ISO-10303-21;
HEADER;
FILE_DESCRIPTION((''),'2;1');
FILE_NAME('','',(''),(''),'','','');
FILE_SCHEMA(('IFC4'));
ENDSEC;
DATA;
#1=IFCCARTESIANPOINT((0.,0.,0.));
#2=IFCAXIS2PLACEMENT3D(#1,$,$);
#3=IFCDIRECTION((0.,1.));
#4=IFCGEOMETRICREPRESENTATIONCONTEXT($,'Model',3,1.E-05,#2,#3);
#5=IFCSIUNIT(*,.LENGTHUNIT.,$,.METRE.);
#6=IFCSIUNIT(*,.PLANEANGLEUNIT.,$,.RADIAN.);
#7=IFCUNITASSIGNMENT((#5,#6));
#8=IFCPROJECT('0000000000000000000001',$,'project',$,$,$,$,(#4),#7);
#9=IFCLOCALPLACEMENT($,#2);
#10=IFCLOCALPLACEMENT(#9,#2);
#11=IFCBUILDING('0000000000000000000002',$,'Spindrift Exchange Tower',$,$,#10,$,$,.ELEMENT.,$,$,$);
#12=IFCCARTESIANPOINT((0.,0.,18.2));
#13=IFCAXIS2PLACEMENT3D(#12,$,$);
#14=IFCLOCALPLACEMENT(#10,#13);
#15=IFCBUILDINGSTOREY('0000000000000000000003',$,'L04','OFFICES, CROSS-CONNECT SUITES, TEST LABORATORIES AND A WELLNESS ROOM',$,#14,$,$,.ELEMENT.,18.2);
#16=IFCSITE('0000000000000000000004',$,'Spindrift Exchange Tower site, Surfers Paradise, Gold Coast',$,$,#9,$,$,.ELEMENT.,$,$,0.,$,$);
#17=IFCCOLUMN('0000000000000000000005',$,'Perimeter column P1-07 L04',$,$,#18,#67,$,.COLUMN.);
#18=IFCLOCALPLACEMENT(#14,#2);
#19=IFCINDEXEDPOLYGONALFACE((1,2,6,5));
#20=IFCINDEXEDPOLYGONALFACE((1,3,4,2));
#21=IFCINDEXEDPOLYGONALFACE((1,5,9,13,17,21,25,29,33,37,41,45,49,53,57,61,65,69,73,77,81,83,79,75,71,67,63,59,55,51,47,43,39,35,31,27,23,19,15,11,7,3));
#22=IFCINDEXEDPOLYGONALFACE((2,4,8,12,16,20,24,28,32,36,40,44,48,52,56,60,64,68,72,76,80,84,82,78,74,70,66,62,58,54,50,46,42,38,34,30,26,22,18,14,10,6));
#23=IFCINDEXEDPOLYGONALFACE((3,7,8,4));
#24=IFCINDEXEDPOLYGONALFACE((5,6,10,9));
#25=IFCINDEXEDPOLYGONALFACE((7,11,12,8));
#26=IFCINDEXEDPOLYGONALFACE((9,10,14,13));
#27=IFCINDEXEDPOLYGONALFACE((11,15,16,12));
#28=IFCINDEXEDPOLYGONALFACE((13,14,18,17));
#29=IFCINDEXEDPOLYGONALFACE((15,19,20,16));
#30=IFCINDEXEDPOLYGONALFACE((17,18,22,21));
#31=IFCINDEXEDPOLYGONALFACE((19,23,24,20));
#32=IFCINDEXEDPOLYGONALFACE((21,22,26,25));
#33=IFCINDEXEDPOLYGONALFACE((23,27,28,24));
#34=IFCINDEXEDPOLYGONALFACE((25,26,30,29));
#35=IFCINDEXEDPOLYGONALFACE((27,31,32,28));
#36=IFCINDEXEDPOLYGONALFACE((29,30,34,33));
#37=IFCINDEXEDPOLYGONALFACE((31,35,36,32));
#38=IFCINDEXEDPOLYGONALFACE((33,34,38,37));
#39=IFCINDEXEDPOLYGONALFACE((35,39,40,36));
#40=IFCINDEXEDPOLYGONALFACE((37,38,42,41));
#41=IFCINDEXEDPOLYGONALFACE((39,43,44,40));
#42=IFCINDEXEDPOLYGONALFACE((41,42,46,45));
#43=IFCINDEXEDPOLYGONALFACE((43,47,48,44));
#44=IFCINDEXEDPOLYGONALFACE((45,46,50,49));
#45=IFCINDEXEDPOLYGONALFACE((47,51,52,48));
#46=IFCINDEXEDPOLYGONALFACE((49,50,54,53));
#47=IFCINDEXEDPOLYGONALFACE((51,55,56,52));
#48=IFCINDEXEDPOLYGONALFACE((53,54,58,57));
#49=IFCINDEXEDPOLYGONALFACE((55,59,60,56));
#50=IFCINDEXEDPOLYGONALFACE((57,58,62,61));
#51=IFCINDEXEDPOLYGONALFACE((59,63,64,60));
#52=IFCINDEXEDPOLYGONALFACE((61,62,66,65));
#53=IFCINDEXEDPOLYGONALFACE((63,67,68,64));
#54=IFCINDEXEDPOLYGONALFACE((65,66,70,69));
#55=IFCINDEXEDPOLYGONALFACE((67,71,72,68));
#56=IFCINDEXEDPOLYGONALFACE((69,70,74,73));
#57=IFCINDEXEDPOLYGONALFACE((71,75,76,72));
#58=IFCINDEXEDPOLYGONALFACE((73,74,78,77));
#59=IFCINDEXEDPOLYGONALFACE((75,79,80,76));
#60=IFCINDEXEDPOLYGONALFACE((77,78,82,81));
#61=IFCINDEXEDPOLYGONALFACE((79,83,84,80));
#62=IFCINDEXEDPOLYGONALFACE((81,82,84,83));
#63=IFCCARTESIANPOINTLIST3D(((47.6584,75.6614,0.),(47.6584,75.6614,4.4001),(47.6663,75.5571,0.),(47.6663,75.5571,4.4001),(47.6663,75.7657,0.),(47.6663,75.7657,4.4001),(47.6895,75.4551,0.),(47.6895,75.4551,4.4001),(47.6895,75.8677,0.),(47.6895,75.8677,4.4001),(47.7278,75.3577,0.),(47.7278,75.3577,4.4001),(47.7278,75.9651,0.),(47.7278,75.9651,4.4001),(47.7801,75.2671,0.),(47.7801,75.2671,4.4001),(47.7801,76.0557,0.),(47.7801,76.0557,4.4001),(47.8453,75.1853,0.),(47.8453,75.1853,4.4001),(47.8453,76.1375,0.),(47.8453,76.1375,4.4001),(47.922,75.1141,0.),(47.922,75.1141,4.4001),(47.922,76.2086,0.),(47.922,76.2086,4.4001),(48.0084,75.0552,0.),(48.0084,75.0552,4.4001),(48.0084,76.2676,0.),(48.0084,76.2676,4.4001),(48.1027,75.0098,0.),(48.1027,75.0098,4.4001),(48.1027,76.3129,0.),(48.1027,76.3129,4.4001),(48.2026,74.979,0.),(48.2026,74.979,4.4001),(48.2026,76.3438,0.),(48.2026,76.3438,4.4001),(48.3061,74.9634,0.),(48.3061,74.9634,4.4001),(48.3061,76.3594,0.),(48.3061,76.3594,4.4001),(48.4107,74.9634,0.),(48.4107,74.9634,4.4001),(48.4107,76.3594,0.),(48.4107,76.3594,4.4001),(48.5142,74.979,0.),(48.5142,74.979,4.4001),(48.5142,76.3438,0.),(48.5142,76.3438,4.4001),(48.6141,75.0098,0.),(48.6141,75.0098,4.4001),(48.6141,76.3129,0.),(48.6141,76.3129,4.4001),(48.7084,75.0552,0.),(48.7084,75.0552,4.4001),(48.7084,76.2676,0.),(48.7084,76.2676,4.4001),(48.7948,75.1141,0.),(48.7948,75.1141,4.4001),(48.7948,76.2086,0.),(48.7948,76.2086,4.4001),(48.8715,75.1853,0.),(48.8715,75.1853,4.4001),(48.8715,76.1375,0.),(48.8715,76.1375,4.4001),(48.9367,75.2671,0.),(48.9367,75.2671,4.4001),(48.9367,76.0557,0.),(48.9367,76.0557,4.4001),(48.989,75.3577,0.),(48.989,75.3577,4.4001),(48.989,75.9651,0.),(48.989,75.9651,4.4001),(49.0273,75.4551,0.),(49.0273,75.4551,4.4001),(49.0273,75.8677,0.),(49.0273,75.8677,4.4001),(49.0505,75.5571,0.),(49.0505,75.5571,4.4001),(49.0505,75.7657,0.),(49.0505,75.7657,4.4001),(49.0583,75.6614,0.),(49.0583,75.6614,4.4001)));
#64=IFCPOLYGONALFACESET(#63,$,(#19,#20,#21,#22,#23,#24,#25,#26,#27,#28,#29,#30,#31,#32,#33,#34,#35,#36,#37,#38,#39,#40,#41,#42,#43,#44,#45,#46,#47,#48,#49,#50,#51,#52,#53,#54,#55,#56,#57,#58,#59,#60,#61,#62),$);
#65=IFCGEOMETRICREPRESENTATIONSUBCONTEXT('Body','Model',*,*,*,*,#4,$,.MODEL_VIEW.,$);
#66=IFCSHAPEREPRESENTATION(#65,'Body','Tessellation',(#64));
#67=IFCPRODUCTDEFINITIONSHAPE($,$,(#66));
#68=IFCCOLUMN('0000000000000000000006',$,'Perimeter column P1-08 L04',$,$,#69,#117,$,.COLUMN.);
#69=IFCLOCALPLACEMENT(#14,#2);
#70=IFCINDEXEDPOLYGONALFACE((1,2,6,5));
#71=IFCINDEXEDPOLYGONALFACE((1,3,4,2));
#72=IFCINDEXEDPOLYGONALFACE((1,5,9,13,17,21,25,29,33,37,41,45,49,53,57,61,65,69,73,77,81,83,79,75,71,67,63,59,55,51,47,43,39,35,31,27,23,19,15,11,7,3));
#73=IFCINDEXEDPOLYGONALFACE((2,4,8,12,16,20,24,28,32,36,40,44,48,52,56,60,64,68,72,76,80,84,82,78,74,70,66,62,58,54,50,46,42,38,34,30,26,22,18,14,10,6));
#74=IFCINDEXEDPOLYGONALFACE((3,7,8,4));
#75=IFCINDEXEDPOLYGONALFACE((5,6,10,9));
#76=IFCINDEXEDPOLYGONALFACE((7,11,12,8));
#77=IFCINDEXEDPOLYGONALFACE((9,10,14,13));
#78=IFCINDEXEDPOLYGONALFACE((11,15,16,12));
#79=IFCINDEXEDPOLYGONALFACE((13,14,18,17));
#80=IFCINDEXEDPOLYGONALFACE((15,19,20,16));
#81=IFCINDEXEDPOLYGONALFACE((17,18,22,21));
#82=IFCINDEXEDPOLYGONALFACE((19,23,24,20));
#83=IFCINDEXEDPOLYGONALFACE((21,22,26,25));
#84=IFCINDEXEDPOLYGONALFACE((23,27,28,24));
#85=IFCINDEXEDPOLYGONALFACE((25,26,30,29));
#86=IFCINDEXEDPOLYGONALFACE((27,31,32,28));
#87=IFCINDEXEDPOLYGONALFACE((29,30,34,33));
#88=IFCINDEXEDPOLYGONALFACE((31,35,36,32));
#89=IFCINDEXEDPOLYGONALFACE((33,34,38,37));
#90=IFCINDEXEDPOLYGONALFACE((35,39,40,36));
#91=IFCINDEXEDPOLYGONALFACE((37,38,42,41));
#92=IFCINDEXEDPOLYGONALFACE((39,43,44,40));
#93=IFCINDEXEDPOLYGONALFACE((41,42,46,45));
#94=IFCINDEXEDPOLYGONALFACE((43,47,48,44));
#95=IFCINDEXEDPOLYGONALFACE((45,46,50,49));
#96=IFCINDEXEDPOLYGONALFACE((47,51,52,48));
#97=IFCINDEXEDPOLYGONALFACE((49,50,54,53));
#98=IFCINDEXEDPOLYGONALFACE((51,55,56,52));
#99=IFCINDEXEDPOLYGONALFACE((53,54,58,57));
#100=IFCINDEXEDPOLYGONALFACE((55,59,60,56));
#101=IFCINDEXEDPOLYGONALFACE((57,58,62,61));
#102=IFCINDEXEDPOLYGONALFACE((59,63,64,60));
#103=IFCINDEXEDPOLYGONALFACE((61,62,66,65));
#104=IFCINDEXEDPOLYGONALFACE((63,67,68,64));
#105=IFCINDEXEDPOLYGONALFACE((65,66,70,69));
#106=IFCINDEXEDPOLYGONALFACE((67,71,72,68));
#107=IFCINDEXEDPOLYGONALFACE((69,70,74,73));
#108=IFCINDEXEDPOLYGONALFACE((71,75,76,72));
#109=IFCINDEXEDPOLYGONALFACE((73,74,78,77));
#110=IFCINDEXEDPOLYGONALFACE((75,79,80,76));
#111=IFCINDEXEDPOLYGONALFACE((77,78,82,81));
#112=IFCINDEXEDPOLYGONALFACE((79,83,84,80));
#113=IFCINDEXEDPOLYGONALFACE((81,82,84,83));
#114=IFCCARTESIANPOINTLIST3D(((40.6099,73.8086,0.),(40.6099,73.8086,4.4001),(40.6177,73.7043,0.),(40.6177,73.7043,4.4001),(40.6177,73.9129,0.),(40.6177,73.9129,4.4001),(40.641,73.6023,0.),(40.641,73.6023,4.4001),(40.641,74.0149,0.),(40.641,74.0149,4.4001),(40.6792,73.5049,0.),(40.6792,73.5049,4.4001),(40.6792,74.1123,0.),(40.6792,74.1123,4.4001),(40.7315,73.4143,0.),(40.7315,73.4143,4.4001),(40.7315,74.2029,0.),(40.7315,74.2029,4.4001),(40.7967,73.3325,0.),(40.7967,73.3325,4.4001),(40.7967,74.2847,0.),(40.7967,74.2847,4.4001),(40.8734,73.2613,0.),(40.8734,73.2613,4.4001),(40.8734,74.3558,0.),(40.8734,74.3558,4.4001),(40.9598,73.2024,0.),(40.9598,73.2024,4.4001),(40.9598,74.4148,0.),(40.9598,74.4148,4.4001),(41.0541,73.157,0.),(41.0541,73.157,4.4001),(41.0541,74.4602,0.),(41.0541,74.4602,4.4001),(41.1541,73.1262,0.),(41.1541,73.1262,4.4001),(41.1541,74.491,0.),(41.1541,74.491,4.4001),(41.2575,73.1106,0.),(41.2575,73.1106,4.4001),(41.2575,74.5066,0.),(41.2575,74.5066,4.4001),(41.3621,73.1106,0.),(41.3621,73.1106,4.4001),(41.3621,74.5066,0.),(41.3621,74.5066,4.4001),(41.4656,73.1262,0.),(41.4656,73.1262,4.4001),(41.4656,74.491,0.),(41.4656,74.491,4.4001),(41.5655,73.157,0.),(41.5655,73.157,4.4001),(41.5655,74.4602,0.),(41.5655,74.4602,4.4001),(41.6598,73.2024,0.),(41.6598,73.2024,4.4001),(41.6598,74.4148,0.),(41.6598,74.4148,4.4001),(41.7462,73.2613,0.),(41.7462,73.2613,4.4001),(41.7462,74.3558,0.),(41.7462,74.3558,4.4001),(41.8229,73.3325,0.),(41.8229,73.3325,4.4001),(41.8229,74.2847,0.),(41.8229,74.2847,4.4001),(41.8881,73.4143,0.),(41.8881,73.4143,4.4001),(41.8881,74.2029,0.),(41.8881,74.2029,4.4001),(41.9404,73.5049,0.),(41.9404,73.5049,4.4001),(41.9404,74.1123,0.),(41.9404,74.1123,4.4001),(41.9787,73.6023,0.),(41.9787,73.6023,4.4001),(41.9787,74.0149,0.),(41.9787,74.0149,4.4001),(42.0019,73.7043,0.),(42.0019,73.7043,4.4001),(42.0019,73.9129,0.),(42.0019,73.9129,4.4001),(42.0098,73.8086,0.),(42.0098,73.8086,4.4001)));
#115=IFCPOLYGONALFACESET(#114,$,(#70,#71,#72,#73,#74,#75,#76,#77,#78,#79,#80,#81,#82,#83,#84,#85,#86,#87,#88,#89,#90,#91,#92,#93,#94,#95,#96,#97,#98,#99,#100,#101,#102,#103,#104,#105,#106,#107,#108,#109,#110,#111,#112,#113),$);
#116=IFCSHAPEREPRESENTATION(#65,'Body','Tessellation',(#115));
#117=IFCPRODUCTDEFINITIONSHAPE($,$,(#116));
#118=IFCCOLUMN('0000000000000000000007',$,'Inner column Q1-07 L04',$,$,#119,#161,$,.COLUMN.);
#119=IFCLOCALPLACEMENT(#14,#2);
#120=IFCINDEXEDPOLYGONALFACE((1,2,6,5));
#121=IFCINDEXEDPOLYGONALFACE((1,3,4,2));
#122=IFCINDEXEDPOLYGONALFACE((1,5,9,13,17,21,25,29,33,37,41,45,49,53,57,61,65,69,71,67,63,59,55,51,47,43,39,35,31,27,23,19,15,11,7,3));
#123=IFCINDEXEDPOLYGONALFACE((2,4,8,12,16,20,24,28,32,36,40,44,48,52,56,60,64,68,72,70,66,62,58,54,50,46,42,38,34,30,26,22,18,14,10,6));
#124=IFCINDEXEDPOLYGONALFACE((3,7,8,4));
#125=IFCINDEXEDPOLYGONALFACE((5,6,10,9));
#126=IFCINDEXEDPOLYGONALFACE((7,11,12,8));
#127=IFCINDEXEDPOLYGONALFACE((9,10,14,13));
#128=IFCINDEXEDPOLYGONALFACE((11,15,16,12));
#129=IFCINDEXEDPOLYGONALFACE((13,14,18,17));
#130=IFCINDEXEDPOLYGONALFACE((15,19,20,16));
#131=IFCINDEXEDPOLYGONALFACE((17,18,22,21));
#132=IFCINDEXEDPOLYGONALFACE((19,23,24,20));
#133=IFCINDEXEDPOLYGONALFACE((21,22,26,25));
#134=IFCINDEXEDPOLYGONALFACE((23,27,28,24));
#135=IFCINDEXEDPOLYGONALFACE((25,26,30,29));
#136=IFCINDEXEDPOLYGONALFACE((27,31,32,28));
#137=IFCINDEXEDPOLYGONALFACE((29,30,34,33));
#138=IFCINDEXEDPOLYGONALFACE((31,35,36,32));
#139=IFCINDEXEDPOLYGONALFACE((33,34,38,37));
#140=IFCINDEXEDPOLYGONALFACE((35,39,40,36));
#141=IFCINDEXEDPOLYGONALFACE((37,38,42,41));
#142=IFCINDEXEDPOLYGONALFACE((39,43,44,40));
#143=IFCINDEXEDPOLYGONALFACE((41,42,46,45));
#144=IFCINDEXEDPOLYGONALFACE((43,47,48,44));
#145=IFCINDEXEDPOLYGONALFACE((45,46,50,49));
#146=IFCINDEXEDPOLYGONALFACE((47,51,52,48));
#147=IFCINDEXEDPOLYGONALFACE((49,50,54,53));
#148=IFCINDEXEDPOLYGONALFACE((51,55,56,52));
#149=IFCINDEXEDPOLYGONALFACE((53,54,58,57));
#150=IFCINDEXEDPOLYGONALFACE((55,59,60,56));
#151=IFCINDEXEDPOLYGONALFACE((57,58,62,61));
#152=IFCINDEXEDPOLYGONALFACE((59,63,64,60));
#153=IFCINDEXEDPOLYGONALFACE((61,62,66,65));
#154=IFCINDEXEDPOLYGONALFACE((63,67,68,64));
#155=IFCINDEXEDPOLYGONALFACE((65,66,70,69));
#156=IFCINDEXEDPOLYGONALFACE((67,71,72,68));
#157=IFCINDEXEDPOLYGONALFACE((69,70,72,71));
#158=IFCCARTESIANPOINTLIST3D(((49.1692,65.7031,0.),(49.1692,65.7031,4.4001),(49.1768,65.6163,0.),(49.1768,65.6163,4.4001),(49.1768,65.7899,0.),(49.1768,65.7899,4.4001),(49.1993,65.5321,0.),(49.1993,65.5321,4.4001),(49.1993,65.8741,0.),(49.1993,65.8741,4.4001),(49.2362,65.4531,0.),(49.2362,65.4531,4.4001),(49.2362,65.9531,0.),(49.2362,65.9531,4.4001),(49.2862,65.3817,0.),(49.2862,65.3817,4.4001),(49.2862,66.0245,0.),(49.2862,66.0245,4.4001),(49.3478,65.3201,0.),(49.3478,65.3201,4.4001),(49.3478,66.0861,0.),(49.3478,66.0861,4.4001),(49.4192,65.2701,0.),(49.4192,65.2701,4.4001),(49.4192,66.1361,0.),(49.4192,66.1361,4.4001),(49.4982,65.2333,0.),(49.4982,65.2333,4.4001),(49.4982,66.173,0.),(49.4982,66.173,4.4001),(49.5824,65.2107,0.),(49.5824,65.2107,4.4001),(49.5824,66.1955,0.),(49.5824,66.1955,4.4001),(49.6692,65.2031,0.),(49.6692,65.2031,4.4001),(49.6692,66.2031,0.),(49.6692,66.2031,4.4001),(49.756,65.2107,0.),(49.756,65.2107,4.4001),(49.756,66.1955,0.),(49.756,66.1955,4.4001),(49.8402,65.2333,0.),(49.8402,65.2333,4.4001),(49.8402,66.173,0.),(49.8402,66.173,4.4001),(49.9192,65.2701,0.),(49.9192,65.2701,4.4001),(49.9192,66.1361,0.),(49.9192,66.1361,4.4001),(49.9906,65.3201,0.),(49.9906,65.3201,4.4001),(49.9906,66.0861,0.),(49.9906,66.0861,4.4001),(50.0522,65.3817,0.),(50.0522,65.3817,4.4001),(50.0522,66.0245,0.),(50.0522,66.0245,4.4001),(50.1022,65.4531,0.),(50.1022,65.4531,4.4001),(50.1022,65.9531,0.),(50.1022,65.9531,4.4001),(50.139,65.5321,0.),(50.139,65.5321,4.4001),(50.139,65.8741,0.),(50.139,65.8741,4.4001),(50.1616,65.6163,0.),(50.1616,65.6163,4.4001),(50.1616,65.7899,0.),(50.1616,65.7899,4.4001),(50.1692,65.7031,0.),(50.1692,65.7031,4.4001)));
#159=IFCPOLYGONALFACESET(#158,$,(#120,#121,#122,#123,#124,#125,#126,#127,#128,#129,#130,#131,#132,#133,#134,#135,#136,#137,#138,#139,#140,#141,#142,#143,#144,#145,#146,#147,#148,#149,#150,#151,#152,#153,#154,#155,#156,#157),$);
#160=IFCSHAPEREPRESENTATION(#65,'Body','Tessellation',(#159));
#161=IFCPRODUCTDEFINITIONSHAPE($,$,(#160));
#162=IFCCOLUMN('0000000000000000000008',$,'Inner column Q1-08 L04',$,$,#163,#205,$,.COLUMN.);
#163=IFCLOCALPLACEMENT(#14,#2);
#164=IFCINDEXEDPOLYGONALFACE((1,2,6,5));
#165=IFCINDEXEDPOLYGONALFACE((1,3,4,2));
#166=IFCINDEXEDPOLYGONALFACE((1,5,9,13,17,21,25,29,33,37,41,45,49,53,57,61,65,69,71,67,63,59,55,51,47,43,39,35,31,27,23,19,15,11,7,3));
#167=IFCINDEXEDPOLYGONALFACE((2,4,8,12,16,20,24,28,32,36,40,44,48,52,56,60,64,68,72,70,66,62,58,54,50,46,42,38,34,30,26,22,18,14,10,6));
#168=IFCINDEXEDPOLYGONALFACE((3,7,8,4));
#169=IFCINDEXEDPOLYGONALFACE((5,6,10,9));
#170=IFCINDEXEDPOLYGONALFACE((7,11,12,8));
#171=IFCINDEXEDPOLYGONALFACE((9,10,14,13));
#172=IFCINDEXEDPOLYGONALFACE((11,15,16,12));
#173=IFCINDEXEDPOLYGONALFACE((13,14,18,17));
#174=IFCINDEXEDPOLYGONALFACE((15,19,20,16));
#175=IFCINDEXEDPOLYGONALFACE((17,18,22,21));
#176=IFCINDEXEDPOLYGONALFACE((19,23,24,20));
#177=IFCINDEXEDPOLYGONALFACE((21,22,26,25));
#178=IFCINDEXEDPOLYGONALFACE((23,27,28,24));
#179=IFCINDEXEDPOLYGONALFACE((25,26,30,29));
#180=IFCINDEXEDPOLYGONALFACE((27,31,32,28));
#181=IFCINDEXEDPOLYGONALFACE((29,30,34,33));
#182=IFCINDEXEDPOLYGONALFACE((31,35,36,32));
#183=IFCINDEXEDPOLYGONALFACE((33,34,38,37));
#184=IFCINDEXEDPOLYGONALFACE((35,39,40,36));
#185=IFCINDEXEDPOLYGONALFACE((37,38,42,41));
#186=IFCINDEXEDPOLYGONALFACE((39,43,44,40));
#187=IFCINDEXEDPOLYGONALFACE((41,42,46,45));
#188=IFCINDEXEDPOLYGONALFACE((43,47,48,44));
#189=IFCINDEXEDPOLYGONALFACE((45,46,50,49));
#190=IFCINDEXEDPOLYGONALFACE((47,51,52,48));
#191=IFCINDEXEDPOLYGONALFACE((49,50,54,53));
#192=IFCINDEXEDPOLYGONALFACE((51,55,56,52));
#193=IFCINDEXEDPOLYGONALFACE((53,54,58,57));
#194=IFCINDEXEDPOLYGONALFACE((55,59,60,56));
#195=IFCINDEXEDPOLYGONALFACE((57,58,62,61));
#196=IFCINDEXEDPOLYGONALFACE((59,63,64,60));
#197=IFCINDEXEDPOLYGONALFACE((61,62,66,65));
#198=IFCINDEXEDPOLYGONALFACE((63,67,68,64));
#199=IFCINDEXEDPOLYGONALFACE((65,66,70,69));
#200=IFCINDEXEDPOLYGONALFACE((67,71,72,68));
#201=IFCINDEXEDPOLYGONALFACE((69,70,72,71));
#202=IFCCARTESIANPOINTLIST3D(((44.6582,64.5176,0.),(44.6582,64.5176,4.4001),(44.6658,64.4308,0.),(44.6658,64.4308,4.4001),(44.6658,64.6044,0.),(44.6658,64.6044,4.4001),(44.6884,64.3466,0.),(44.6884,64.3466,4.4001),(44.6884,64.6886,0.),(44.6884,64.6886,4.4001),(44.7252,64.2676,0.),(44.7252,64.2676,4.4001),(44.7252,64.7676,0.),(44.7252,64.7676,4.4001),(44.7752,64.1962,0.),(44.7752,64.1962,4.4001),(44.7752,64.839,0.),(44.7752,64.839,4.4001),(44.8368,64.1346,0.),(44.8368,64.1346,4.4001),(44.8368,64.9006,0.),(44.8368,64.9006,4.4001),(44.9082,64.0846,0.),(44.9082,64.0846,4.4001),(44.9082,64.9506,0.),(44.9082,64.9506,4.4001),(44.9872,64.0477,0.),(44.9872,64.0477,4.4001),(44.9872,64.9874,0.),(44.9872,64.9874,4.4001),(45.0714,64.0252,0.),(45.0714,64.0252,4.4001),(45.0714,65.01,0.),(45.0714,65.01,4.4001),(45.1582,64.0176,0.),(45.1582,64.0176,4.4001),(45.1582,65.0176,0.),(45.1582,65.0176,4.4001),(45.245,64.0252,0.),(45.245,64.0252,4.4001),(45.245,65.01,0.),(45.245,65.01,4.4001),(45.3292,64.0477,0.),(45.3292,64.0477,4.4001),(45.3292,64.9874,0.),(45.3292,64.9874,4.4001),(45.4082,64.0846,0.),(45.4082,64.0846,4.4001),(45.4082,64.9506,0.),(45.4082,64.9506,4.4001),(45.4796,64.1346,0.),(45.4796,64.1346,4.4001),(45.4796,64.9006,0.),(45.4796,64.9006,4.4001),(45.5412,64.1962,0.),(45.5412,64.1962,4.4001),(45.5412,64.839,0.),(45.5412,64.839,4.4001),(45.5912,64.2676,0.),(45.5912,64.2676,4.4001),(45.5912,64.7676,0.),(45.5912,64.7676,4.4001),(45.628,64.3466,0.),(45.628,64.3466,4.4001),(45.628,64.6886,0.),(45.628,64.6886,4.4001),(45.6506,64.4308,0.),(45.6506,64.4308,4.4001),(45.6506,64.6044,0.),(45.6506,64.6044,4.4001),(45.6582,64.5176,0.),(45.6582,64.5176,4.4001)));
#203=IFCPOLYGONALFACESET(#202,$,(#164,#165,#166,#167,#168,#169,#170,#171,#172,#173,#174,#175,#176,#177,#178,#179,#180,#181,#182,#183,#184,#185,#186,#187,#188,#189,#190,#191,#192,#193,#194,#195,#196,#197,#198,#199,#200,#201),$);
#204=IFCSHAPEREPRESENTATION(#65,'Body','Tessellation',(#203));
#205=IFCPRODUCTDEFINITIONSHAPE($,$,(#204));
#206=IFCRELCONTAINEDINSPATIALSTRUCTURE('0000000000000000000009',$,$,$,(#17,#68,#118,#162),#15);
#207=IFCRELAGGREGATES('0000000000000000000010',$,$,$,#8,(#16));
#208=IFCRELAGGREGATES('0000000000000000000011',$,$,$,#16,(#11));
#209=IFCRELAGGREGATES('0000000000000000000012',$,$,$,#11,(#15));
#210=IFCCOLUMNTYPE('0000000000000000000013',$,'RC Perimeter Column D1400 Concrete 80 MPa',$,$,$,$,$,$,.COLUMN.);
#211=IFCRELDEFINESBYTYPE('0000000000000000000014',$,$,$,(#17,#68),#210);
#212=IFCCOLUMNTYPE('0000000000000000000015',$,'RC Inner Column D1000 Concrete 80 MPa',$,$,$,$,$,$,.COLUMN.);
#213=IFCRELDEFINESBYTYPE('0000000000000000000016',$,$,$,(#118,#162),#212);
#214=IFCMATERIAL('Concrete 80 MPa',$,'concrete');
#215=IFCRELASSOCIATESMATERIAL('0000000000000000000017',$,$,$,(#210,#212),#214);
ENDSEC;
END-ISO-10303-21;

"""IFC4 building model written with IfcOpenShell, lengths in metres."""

from ifc_helpers import new_model, si_unit, direction, frame, origin, origin_2d, place, context, subcontext, project, spatial, circle, extrude, source, transform, mapped, material, material_profile, profile_set, type_object, element, save


model = new_model("IFC4")

# Units and contexts
model_context = context("Model", 3, precision=1e-05, world=origin(), true_north=direction((0.0, 1.0)))
body_context = subcontext(model_context, "Body", "Model", "MODEL_VIEW")
ifc_project = project(units=[si_unit("LENGTHUNIT", "METRE"), si_unit("PLANEANGLEUNIT", "RADIAN")], contexts=[model_context])

# Site, building, storey
site_placement = place(None, origin())
site = spatial("IfcSite", under=ifc_project, at=site_placement, Name="Spindrift Exchange Tower site, Surfers Paradise, Gold Coast", CompositionType="ELEMENT", RefElevation=0.0)
building_placement = place(site_placement, origin())
building = spatial("IfcBuilding", under=site, at=building_placement, Name="Spindrift Exchange Tower", CompositionType="ELEMENT")
storey_placement = place(building_placement, frame((0.0, 0.0, 18.2)))
storey = spatial("IfcBuildingStorey", under=building, at=storey_placement, Name="L04", Description="OFFICES, CROSS-CONNECT SUITES, TEST LABORATORIES AND A WELLNESS ROOM", CompositionType="ELEMENT", Elevation=18.2)

# Columns
ifc_material_1 = material(Name="Concrete 80 MPa", Category="concrete")
ifc_material_profile_1 = material_profile(ifc_material_1, circle(Radius=0.7, at=origin_2d()), Name="RC D1400")
ifc_profile_set_1 = profile_set([ifc_material_profile_1], Name="Concrete 80 MPa")
column_type_1 = type_object("IfcColumnType", Name="RC Perimeter Column D1400 Concrete 80 MPa", PredefinedType="COLUMN", material=ifc_profile_set_1)
shared_shape_1 = source(origin(), body_context, "Body", "SweptSolid", [
    extrude(circle(Radius=0.7, at=origin_2d()), origin(), (0.0, 0.0, 1.0), 4.4001),
])
for number, where, z_axis, x_axis, name in (
    (1, (48.3584, 75.6614, 0.0), (0.0, 0.0, 1.0), (1.0, 0.0, 0.0), "Perimeter column P1-07 L04"),
    (2, (41.3098, 73.8086, 0.0), (0.0, 0.0, 1.0), (1.0, 0.0, 0.0), "Perimeter column P1-08 L04"),
):
    element("IfcColumn", number, at=place(storey_placement, frame(where, z_axis=z_axis, x_axis=x_axis)), inside=storey, type_object=column_type_1, Name=name, PredefinedType="COLUMN", context=body_context, shape_type="MappedRepresentation", body=[
        mapped(shared_shape_1, transform((0.0, 0.0, 0.0), scale=1.0)),
    ])
ifc_material_profile_2 = material_profile(ifc_material_1, circle(Radius=0.5, at=origin_2d()), Name="RC D1000")
ifc_profile_set_2 = profile_set([ifc_material_profile_2], Name="Concrete 80 MPa")
column_type_2 = type_object("IfcColumnType", Name="RC Inner Column D1000 Concrete 80 MPa", PredefinedType="COLUMN", material=ifc_profile_set_2)
shared_shape_2 = source(origin(), body_context, "Body", "SweptSolid", [
    extrude(circle(Radius=0.5, at=origin_2d()), origin(), (0.0, 0.0, 1.0), 4.4001),
])
for number, where, z_axis, x_axis, name in (
    (3, (49.6692, 65.7031, 0.0), (0.0, 0.0, 1.0), (1.0, 0.0, 0.0), "Inner column Q1-07 L04"),
    (4, (45.1582, 64.5176, 0.0), (0.0, 0.0, 1.0), (1.0, 0.0, 0.0), "Inner column Q1-08 L04"),
):
    element("IfcColumn", number, at=place(storey_placement, frame(where, z_axis=z_axis, x_axis=x_axis)), inside=storey, type_object=column_type_2, Name=name, PredefinedType="COLUMN", context=body_context, shape_type="MappedRepresentation", body=[
        mapped(shared_shape_2, transform((0.0, 0.0, 0.0), scale=1.0)),
    ])

save(model, "model.ifc")
